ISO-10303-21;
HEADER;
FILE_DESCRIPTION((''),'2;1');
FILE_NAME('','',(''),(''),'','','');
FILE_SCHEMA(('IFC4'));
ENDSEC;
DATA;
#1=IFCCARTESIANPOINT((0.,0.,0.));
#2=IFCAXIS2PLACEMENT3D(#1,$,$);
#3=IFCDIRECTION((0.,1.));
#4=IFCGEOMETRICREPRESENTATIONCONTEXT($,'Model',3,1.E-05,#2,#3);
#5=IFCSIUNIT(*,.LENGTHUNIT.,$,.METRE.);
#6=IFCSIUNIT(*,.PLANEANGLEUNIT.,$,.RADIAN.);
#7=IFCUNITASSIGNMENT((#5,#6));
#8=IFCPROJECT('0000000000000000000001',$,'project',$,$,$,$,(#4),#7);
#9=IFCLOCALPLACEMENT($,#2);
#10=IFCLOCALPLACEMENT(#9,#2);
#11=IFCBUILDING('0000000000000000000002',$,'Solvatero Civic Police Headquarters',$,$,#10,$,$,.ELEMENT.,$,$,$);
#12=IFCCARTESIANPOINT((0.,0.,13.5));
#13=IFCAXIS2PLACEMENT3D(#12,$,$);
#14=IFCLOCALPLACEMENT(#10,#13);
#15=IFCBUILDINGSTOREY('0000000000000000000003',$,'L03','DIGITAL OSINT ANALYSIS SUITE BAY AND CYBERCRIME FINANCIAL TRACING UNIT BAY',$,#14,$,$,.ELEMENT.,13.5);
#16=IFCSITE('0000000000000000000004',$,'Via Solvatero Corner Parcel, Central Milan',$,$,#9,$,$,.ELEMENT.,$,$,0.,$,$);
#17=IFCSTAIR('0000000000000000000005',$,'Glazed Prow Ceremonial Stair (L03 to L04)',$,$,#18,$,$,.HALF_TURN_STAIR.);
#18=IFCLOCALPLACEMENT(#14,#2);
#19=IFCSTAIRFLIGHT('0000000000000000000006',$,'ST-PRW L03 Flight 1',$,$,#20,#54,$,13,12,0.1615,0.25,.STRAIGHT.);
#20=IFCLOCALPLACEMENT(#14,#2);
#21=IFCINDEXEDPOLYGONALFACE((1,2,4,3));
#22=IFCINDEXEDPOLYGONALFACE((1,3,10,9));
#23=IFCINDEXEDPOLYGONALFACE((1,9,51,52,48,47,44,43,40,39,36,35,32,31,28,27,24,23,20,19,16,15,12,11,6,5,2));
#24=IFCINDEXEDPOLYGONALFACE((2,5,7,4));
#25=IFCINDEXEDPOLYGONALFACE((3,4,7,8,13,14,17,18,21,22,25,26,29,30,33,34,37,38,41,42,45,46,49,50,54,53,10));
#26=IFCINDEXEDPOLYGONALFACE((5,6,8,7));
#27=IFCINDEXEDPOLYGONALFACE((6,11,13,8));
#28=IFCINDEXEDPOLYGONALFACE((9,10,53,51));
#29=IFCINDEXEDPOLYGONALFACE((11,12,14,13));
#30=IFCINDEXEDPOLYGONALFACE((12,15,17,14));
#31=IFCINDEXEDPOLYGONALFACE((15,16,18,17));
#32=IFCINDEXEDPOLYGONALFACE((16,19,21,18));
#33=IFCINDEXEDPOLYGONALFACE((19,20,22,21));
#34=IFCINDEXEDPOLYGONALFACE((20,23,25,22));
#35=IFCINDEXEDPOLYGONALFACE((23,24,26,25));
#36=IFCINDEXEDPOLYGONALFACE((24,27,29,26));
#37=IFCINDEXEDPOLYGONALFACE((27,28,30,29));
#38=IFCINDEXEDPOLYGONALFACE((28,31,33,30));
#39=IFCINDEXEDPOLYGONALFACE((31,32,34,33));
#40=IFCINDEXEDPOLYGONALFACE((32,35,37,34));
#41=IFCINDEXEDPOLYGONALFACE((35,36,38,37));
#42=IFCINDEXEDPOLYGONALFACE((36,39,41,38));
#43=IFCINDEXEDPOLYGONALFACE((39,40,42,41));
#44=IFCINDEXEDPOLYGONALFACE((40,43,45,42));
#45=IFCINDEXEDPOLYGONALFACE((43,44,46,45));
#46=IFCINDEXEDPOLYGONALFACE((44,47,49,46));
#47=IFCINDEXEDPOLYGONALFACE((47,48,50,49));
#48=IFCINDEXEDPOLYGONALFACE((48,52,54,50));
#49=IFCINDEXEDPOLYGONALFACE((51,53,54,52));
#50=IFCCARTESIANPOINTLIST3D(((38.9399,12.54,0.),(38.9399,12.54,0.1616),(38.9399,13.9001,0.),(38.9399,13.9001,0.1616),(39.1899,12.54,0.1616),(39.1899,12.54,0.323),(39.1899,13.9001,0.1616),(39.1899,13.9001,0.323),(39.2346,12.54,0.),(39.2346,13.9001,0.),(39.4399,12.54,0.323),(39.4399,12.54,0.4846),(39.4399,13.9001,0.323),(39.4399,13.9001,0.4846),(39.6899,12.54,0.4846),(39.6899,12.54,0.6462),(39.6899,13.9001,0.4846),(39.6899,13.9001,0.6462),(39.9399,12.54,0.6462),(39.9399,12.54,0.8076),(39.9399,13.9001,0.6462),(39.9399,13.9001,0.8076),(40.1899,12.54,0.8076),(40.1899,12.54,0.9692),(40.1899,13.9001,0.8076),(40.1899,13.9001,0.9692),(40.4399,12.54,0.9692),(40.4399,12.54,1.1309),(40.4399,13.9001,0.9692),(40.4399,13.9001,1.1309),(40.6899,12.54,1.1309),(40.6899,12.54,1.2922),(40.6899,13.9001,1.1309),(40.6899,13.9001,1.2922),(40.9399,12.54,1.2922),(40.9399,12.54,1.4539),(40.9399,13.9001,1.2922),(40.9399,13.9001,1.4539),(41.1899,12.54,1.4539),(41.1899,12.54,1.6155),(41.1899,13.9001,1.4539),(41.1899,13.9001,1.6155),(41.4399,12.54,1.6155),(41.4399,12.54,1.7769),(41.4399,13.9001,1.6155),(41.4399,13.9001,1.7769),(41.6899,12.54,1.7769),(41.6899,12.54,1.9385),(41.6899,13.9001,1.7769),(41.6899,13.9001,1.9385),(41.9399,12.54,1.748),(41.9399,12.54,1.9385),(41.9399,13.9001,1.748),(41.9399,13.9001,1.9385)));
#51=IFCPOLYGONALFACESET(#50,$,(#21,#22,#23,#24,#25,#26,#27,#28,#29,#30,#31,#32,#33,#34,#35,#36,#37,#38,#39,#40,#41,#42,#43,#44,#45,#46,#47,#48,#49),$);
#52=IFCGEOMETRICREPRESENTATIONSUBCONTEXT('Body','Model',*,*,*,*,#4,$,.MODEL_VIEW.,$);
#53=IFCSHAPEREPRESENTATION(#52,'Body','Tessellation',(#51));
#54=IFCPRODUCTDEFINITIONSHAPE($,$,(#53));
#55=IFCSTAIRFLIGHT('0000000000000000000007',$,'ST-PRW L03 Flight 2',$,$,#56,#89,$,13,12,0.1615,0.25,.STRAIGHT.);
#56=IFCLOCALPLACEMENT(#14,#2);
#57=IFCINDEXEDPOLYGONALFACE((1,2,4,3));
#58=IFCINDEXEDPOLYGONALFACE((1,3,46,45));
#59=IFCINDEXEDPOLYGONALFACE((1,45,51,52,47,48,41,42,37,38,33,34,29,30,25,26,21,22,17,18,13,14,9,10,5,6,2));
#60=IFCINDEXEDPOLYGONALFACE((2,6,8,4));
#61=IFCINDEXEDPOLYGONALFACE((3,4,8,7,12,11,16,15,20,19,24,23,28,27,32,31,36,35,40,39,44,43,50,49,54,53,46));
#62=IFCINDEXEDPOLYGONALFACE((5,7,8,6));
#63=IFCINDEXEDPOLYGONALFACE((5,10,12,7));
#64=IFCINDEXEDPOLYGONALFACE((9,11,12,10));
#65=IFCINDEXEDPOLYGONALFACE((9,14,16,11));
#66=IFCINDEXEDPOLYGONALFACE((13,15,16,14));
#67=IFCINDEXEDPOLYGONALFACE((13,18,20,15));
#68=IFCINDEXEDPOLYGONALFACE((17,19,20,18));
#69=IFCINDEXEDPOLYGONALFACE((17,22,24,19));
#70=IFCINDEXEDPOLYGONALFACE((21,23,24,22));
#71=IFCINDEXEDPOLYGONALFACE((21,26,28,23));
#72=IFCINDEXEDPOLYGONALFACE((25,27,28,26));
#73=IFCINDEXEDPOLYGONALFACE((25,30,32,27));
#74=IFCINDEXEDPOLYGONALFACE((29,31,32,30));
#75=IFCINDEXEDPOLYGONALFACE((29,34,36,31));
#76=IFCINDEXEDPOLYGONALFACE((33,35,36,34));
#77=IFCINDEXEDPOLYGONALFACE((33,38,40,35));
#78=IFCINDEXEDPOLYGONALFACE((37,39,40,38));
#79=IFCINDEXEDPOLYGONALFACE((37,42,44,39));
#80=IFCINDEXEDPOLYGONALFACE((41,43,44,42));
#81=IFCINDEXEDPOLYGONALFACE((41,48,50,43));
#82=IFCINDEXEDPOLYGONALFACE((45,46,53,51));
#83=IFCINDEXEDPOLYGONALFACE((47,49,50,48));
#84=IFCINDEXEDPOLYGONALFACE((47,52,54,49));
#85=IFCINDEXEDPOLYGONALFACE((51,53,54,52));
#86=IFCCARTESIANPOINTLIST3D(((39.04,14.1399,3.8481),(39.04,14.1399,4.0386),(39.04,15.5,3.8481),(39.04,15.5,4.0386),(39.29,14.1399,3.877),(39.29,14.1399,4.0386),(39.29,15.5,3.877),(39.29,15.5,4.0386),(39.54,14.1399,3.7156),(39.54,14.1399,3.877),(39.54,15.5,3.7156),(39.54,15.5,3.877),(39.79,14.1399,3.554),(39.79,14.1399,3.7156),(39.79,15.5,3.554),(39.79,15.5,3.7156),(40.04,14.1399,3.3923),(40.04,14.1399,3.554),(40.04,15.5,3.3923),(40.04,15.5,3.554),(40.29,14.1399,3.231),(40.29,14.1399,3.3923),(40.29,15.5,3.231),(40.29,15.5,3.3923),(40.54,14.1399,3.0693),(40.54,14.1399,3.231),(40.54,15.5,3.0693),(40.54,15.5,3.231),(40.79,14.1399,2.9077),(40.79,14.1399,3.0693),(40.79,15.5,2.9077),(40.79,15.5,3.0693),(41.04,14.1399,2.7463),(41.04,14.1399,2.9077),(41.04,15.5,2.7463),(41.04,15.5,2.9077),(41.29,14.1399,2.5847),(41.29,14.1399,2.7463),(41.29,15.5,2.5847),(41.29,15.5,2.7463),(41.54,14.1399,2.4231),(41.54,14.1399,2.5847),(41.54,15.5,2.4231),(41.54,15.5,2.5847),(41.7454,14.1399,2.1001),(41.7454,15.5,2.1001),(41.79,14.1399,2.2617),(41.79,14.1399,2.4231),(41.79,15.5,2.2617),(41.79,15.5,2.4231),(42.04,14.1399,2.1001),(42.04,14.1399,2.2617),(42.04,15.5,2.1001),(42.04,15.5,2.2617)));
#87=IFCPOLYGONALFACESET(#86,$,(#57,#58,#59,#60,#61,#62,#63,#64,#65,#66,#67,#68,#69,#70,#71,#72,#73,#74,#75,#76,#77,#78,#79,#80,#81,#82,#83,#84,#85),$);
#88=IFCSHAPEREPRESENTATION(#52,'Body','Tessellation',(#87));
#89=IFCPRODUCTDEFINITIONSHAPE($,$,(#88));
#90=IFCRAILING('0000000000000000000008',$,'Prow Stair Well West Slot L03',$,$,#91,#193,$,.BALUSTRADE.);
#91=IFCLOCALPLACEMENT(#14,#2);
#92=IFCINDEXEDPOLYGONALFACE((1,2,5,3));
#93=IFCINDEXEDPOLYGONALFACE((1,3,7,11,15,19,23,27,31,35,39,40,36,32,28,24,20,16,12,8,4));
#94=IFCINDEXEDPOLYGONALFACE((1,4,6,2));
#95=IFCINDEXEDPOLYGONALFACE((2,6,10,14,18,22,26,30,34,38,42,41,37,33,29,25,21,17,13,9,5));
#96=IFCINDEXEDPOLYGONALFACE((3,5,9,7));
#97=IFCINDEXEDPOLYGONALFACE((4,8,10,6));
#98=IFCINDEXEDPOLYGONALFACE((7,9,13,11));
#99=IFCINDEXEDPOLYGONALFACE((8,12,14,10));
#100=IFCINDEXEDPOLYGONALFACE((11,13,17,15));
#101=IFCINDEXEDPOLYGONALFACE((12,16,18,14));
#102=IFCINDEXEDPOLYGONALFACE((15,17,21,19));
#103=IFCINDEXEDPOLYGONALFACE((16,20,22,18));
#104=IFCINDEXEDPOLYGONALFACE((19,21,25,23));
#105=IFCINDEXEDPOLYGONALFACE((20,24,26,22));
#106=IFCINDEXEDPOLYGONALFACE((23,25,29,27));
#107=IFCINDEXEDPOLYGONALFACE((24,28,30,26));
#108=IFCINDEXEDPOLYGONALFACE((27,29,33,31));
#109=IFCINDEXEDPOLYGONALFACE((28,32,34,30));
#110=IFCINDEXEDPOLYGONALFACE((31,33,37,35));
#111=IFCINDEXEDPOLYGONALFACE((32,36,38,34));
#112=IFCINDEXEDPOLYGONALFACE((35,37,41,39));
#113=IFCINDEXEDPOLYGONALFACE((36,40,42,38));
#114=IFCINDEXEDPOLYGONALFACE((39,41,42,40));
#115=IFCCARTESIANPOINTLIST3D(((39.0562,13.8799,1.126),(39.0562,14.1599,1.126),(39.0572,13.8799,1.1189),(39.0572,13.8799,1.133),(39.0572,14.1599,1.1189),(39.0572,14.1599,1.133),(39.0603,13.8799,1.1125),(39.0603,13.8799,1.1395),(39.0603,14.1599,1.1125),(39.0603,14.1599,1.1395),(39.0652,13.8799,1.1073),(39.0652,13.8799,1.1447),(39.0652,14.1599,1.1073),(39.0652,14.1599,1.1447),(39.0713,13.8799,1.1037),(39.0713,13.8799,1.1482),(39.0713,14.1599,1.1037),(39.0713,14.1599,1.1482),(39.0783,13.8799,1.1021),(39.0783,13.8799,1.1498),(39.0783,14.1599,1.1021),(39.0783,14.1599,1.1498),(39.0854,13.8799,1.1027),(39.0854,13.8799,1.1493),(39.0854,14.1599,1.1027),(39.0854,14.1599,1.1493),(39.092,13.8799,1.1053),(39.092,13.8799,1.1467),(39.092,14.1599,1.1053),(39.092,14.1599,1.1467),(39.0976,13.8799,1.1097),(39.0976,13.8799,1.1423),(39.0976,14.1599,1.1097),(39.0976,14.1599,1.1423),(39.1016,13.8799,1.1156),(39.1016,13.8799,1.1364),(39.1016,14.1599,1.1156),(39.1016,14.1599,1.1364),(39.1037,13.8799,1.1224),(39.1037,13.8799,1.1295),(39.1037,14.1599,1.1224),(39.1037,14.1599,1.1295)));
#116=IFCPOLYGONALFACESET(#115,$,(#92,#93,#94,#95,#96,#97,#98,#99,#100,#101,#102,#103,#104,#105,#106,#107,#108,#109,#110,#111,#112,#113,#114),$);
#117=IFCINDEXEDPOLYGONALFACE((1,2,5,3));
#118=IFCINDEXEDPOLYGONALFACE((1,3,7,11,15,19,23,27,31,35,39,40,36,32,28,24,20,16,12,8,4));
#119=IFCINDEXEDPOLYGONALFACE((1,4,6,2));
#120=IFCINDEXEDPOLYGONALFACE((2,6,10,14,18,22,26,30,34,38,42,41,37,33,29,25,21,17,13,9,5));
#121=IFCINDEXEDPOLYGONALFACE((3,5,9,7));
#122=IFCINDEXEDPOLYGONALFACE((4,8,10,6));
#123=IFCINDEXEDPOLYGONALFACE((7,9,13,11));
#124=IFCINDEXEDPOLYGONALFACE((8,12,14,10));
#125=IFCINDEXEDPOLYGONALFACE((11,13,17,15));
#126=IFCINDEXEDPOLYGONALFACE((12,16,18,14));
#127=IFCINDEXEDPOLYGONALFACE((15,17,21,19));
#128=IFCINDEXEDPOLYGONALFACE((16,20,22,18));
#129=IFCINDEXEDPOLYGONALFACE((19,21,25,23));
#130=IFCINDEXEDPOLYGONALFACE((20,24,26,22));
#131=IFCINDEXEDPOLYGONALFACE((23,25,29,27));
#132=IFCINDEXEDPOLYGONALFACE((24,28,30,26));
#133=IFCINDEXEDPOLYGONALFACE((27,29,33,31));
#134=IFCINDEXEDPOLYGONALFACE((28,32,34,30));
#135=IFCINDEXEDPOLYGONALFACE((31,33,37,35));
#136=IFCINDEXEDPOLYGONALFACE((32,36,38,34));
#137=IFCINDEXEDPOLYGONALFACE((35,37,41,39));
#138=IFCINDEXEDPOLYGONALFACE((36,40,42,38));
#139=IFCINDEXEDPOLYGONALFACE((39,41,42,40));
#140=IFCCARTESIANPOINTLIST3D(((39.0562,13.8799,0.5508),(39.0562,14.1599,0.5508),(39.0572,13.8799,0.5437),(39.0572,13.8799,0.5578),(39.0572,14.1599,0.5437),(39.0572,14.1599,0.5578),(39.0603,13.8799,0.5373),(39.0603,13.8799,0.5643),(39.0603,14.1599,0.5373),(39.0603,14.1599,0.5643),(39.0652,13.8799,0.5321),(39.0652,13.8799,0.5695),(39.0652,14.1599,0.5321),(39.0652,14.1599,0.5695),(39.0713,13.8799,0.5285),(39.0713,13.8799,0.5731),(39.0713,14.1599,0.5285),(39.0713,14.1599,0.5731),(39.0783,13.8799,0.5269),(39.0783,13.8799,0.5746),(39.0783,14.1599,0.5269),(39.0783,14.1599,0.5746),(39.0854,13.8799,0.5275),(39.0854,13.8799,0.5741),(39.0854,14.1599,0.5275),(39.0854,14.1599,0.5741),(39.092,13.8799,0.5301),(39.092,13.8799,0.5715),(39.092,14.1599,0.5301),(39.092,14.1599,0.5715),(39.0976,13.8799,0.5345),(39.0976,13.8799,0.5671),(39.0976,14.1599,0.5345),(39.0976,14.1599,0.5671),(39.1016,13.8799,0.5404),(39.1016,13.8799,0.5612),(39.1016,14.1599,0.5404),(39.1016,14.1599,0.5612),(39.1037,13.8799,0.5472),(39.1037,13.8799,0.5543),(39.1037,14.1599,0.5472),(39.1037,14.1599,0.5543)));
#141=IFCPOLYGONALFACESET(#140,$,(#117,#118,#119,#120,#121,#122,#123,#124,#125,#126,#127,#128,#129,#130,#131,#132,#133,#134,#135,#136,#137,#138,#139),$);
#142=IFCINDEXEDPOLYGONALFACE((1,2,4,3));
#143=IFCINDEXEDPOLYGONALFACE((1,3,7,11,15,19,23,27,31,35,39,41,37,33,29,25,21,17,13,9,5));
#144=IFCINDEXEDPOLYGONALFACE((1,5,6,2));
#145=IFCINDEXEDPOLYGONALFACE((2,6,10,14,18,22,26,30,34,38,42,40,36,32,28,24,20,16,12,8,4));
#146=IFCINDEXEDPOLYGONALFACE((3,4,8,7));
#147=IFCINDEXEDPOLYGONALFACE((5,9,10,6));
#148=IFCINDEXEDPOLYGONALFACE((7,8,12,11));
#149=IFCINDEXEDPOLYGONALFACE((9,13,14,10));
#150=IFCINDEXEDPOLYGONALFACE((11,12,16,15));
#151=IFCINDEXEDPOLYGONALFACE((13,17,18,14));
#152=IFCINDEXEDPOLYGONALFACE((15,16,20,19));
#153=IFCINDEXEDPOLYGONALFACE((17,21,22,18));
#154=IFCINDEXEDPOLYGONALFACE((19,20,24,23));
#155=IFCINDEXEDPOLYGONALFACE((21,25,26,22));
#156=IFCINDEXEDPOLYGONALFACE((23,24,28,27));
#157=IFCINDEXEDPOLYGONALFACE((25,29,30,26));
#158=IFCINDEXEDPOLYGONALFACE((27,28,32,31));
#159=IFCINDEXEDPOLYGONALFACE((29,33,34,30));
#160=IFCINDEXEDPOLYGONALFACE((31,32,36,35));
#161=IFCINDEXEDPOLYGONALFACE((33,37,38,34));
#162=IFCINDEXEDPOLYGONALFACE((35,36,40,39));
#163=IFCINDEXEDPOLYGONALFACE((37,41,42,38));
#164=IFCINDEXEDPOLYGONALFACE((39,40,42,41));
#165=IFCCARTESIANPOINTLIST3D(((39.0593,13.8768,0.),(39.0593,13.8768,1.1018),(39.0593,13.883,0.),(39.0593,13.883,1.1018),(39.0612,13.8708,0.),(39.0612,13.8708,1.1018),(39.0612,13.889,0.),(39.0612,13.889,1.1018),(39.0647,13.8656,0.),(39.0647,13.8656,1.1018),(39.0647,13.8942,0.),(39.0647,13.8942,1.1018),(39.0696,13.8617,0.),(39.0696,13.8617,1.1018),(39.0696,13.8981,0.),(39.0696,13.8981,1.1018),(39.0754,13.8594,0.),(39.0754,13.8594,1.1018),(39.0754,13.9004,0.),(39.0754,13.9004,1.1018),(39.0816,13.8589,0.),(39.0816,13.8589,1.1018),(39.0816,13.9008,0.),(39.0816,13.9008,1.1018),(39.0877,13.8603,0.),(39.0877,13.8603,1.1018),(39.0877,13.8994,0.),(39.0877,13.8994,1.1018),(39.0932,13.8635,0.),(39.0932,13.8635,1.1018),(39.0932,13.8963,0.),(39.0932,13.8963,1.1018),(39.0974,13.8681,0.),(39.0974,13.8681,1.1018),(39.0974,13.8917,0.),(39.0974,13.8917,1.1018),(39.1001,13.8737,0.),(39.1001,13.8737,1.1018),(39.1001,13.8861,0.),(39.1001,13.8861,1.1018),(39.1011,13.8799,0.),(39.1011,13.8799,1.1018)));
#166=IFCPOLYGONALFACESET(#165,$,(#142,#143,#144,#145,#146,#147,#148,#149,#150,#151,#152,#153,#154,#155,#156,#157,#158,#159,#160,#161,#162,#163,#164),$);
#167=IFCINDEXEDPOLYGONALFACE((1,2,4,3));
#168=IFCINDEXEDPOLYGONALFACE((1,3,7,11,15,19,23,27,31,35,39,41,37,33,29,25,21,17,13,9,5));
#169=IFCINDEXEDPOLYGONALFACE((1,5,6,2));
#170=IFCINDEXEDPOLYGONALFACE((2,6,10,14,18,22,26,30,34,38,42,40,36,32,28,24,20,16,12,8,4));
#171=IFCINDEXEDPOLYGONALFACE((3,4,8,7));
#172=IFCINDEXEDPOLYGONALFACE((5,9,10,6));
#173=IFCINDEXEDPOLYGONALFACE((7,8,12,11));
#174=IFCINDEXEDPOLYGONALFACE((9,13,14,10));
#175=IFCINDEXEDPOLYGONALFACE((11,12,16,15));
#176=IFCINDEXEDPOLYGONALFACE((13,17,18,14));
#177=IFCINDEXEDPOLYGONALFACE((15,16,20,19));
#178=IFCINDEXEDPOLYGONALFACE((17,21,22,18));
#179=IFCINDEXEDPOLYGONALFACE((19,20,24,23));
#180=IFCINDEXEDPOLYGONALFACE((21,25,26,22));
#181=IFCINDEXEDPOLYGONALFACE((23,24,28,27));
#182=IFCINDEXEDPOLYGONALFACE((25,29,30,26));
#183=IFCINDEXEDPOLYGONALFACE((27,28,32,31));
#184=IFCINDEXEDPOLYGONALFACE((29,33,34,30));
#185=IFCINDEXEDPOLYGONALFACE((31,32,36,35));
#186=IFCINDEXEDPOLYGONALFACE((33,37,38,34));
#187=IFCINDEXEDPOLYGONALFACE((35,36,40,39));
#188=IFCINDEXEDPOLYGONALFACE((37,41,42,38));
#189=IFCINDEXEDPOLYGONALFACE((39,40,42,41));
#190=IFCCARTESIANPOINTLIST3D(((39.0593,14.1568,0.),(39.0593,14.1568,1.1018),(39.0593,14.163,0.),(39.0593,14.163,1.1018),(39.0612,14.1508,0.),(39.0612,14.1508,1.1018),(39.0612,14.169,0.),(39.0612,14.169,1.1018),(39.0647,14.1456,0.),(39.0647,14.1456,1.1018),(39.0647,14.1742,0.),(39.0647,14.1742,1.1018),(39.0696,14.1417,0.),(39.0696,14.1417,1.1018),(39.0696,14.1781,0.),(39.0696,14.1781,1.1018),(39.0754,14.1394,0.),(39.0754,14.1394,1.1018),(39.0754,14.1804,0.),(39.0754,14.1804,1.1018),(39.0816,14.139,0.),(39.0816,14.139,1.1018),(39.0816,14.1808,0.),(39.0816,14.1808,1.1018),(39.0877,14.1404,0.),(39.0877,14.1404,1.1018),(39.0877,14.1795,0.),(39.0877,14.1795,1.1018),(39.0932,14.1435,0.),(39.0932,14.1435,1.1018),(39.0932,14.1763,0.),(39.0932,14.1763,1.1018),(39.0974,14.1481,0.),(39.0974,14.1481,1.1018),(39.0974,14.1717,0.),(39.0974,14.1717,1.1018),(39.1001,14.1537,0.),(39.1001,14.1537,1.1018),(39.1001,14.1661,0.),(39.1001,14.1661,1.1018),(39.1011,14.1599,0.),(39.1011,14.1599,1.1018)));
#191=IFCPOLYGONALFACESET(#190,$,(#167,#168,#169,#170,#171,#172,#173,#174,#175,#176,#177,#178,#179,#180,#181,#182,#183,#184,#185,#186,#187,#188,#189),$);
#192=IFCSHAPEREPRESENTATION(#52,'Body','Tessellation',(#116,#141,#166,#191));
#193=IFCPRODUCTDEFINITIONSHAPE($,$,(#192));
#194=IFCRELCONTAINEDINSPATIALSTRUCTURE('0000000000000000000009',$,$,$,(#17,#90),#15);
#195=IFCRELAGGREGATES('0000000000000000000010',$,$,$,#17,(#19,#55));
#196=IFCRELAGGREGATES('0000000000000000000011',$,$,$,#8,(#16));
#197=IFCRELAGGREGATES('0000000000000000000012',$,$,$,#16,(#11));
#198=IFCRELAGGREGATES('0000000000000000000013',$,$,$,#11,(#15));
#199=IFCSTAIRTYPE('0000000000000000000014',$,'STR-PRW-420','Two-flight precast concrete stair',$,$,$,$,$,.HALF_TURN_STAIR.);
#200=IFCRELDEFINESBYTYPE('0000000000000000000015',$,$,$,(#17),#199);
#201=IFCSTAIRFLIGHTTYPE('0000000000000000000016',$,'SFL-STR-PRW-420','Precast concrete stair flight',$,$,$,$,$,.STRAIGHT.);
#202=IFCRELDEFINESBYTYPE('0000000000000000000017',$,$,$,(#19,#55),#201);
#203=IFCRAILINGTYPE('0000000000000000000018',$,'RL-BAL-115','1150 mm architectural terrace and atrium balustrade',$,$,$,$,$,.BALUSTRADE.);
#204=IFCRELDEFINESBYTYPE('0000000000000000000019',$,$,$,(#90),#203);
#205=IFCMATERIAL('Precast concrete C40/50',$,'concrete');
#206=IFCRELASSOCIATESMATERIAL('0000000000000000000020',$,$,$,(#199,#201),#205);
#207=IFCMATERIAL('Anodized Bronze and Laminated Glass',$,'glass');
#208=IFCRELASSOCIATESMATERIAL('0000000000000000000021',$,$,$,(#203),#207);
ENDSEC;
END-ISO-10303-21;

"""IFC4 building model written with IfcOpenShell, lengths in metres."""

from ifc_helpers import new_model, si_unit, direction, frame, origin, origin_2d, place, context, subcontext, project, spatial, polyline, circle, outline, extrude, material, type_object, element, aggregate, save


model = new_model("IFC4")

# Units and contexts
model_context = context("Model", 3, precision=1e-05, world=origin(), true_north=direction((0.0, 1.0)))
body_context = subcontext(model_context, "Body", "Model", "MODEL_VIEW")
ifc_project = project(units=[si_unit("LENGTHUNIT", "METRE"), si_unit("PLANEANGLEUNIT", "RADIAN")], contexts=[model_context])

# Site, building, storey
site_placement = place(None, origin())
site = spatial("IfcSite", under=ifc_project, at=site_placement, Name="Via Solvatero Corner Parcel, Central Milan", CompositionType="ELEMENT", RefElevation=0.0)
building_placement = place(site_placement, origin())
building = spatial("IfcBuilding", under=site, at=building_placement, Name="Solvatero Civic Police Headquarters", CompositionType="ELEMENT")
storey_placement = place(building_placement, frame((0.0, 0.0, 13.5)))
storey = spatial("IfcBuildingStorey", under=building, at=storey_placement, Name="L03", Description="DIGITAL OSINT ANALYSIS SUITE BAY AND CYBERCRIME FINANCIAL TRACING UNIT BAY", CompositionType="ELEMENT", Elevation=13.5)

# Shared definitions
ifc_material_1 = material(Name="Precast concrete C40/50", Category="concrete")

# Stair, stair flights
stair_type_1 = type_object("IfcStairType", Name="STR-PRW-420", Description="Two-flight precast concrete stair", PredefinedType="HALF_TURN_STAIR", material=ifc_material_1)
stair_1_placement = place(storey_placement, origin())
stair_1 = element("IfcStair", 1, at=stair_1_placement, inside=storey, type_object=stair_type_1, Name="Glazed Prow Ceremonial Stair (L03 to L04)", PredefinedType="HALF_TURN_STAIR")
stair_flight_type_1 = type_object("IfcStairFlightType", Name="SFL-STR-PRW-420", Description="Precast concrete stair flight", PredefinedType="STRAIGHT", material=ifc_material_1)
stair_flight_1_placement = place(storey_placement, frame((38.9399, 13.22, 0.0), z_axis=(0.0, 0.0, 1.0), x_axis=(1.0, 0.0, 0.0)))
stair_flight_1 = element("IfcStairFlight", 2, at=stair_flight_1_placement, type_object=stair_flight_type_1, Name="ST-PRW L03 Flight 1", NumberOfRisers=13, NumberOfTreads=12, PredefinedType="STRAIGHT", RiserHeight=0.1615, TreadLength=0.25, context=body_context, shape_type="SweptSolid", body=[
    extrude(outline(polyline([(0.0, 0.0), (0.0, 0.1616), (0.25, 0.1616), (0.25, 0.323), (0.5, 0.323), (0.5, 0.4846), (0.75, 0.4846), (0.75, 0.6462), (1.0, 0.6462), (1.0, 0.8076), (1.25, 0.8076), (1.25, 0.9692), (1.5, 0.9692), (1.5, 1.1309), (1.75, 1.1309), (1.75, 1.2922), (2.0, 1.2922), (2.0, 1.4539), (2.25, 1.4539), (2.25, 1.6155), (2.5, 1.6155), (2.5, 1.7769), (2.75, 1.7769), (2.75, 1.9385), (3.0, 1.9385), (3.0, 2.1001), (3.0, 1.748), (0.2947, 0.0), (0.0, 0.0)])), frame((0.0, 0.6802, 0.0), z_axis=(0.0, -1.0, 0.0), x_axis=(1.0, 0.0, 0.0)), (0.0, 0.0, 1.0), 1.3601),
])
stair_flight_2_placement = place(storey_placement, frame((42.04, 14.8201, 2.1001), z_axis=(0.0, 0.0, 1.0), x_axis=(-1.0, 0.0, 0.0)))
stair_flight_2 = element("IfcStairFlight", 3, at=stair_flight_2_placement, type_object=stair_flight_type_1, Name="ST-PRW L03 Flight 2", NumberOfRisers=13, NumberOfTreads=12, PredefinedType="STRAIGHT", RiserHeight=0.1615, TreadLength=0.25, context=body_context, shape_type="SweptSolid", body=[
    extrude(outline(polyline([(0.0, 0.0), (0.0, 0.1616), (0.25, 0.1616), (0.25, 0.323), (0.5, 0.323), (0.5, 0.4846), (0.75, 0.4846), (0.75, 0.6462), (1.0, 0.6462), (1.0, 0.8076), (1.25, 0.8076), (1.25, 0.9692), (1.5, 0.9692), (1.5, 1.1309), (1.75, 1.1309), (1.75, 1.2922), (2.0, 1.2922), (2.0, 1.4539), (2.25, 1.4539), (2.25, 1.6155), (2.5, 1.6155), (2.5, 1.7769), (2.75, 1.7769), (2.75, 1.9385), (3.0, 1.9385), (3.0, 2.1001), (3.0, 1.748), (0.2947, 0.0), (0.0, 0.0)])), frame((0.0, 0.6802, 0.0), z_axis=(0.0, -1.0, 0.0), x_axis=(1.0, 0.0, 0.0)), (0.0, 0.0, 1.0), 1.3601),
])
aggregate(stair_1, [stair_flight_1, stair_flight_2])

# Railing
ifc_material_2 = material(Name="Anodized Bronze and Laminated Glass", Category="glass")
railing_type_1 = type_object("IfcRailingType", Name="RL-BAL-115", Description="1150 mm architectural terrace and atrium balustrade", PredefinedType="BALUSTRADE", material=ifc_material_2)
railing_1_placement = place(storey_placement, frame((39.0801, 13.8799, 0.0)))
element("IfcRailing", 4, at=railing_1_placement, inside=storey, type_object=railing_type_1, Name="Prow Stair Well West Slot L03", PredefinedType="BALUSTRADE", context=body_context, shape_type="SweptSolid", body=[
    extrude(circle(Radius=0.0239, at=origin_2d()), frame((0.0, 0.0, 1.126), z_axis=(0.0, 1.0, 0.0), x_axis=(-1.0, 0.0, 0.0)), (0.0, 0.0, 1.0), 0.28),
    extrude(circle(Radius=0.0239, at=origin_2d()), frame((0.0, 0.0, 0.5508), z_axis=(0.0, 1.0, 0.0), x_axis=(-1.0, 0.0, 0.0)), (0.0, 0.0, 1.0), 0.28),
    extrude(circle(Radius=0.021, at=origin_2d()), origin(), (0.0, 0.0, 1.0), 1.1018),
    extrude(circle(Radius=0.021, at=origin_2d()), frame((0.0, 0.28, 0.0)), (0.0, 0.0, 1.0), 1.1018),
])

save(model, "model.ifc")
